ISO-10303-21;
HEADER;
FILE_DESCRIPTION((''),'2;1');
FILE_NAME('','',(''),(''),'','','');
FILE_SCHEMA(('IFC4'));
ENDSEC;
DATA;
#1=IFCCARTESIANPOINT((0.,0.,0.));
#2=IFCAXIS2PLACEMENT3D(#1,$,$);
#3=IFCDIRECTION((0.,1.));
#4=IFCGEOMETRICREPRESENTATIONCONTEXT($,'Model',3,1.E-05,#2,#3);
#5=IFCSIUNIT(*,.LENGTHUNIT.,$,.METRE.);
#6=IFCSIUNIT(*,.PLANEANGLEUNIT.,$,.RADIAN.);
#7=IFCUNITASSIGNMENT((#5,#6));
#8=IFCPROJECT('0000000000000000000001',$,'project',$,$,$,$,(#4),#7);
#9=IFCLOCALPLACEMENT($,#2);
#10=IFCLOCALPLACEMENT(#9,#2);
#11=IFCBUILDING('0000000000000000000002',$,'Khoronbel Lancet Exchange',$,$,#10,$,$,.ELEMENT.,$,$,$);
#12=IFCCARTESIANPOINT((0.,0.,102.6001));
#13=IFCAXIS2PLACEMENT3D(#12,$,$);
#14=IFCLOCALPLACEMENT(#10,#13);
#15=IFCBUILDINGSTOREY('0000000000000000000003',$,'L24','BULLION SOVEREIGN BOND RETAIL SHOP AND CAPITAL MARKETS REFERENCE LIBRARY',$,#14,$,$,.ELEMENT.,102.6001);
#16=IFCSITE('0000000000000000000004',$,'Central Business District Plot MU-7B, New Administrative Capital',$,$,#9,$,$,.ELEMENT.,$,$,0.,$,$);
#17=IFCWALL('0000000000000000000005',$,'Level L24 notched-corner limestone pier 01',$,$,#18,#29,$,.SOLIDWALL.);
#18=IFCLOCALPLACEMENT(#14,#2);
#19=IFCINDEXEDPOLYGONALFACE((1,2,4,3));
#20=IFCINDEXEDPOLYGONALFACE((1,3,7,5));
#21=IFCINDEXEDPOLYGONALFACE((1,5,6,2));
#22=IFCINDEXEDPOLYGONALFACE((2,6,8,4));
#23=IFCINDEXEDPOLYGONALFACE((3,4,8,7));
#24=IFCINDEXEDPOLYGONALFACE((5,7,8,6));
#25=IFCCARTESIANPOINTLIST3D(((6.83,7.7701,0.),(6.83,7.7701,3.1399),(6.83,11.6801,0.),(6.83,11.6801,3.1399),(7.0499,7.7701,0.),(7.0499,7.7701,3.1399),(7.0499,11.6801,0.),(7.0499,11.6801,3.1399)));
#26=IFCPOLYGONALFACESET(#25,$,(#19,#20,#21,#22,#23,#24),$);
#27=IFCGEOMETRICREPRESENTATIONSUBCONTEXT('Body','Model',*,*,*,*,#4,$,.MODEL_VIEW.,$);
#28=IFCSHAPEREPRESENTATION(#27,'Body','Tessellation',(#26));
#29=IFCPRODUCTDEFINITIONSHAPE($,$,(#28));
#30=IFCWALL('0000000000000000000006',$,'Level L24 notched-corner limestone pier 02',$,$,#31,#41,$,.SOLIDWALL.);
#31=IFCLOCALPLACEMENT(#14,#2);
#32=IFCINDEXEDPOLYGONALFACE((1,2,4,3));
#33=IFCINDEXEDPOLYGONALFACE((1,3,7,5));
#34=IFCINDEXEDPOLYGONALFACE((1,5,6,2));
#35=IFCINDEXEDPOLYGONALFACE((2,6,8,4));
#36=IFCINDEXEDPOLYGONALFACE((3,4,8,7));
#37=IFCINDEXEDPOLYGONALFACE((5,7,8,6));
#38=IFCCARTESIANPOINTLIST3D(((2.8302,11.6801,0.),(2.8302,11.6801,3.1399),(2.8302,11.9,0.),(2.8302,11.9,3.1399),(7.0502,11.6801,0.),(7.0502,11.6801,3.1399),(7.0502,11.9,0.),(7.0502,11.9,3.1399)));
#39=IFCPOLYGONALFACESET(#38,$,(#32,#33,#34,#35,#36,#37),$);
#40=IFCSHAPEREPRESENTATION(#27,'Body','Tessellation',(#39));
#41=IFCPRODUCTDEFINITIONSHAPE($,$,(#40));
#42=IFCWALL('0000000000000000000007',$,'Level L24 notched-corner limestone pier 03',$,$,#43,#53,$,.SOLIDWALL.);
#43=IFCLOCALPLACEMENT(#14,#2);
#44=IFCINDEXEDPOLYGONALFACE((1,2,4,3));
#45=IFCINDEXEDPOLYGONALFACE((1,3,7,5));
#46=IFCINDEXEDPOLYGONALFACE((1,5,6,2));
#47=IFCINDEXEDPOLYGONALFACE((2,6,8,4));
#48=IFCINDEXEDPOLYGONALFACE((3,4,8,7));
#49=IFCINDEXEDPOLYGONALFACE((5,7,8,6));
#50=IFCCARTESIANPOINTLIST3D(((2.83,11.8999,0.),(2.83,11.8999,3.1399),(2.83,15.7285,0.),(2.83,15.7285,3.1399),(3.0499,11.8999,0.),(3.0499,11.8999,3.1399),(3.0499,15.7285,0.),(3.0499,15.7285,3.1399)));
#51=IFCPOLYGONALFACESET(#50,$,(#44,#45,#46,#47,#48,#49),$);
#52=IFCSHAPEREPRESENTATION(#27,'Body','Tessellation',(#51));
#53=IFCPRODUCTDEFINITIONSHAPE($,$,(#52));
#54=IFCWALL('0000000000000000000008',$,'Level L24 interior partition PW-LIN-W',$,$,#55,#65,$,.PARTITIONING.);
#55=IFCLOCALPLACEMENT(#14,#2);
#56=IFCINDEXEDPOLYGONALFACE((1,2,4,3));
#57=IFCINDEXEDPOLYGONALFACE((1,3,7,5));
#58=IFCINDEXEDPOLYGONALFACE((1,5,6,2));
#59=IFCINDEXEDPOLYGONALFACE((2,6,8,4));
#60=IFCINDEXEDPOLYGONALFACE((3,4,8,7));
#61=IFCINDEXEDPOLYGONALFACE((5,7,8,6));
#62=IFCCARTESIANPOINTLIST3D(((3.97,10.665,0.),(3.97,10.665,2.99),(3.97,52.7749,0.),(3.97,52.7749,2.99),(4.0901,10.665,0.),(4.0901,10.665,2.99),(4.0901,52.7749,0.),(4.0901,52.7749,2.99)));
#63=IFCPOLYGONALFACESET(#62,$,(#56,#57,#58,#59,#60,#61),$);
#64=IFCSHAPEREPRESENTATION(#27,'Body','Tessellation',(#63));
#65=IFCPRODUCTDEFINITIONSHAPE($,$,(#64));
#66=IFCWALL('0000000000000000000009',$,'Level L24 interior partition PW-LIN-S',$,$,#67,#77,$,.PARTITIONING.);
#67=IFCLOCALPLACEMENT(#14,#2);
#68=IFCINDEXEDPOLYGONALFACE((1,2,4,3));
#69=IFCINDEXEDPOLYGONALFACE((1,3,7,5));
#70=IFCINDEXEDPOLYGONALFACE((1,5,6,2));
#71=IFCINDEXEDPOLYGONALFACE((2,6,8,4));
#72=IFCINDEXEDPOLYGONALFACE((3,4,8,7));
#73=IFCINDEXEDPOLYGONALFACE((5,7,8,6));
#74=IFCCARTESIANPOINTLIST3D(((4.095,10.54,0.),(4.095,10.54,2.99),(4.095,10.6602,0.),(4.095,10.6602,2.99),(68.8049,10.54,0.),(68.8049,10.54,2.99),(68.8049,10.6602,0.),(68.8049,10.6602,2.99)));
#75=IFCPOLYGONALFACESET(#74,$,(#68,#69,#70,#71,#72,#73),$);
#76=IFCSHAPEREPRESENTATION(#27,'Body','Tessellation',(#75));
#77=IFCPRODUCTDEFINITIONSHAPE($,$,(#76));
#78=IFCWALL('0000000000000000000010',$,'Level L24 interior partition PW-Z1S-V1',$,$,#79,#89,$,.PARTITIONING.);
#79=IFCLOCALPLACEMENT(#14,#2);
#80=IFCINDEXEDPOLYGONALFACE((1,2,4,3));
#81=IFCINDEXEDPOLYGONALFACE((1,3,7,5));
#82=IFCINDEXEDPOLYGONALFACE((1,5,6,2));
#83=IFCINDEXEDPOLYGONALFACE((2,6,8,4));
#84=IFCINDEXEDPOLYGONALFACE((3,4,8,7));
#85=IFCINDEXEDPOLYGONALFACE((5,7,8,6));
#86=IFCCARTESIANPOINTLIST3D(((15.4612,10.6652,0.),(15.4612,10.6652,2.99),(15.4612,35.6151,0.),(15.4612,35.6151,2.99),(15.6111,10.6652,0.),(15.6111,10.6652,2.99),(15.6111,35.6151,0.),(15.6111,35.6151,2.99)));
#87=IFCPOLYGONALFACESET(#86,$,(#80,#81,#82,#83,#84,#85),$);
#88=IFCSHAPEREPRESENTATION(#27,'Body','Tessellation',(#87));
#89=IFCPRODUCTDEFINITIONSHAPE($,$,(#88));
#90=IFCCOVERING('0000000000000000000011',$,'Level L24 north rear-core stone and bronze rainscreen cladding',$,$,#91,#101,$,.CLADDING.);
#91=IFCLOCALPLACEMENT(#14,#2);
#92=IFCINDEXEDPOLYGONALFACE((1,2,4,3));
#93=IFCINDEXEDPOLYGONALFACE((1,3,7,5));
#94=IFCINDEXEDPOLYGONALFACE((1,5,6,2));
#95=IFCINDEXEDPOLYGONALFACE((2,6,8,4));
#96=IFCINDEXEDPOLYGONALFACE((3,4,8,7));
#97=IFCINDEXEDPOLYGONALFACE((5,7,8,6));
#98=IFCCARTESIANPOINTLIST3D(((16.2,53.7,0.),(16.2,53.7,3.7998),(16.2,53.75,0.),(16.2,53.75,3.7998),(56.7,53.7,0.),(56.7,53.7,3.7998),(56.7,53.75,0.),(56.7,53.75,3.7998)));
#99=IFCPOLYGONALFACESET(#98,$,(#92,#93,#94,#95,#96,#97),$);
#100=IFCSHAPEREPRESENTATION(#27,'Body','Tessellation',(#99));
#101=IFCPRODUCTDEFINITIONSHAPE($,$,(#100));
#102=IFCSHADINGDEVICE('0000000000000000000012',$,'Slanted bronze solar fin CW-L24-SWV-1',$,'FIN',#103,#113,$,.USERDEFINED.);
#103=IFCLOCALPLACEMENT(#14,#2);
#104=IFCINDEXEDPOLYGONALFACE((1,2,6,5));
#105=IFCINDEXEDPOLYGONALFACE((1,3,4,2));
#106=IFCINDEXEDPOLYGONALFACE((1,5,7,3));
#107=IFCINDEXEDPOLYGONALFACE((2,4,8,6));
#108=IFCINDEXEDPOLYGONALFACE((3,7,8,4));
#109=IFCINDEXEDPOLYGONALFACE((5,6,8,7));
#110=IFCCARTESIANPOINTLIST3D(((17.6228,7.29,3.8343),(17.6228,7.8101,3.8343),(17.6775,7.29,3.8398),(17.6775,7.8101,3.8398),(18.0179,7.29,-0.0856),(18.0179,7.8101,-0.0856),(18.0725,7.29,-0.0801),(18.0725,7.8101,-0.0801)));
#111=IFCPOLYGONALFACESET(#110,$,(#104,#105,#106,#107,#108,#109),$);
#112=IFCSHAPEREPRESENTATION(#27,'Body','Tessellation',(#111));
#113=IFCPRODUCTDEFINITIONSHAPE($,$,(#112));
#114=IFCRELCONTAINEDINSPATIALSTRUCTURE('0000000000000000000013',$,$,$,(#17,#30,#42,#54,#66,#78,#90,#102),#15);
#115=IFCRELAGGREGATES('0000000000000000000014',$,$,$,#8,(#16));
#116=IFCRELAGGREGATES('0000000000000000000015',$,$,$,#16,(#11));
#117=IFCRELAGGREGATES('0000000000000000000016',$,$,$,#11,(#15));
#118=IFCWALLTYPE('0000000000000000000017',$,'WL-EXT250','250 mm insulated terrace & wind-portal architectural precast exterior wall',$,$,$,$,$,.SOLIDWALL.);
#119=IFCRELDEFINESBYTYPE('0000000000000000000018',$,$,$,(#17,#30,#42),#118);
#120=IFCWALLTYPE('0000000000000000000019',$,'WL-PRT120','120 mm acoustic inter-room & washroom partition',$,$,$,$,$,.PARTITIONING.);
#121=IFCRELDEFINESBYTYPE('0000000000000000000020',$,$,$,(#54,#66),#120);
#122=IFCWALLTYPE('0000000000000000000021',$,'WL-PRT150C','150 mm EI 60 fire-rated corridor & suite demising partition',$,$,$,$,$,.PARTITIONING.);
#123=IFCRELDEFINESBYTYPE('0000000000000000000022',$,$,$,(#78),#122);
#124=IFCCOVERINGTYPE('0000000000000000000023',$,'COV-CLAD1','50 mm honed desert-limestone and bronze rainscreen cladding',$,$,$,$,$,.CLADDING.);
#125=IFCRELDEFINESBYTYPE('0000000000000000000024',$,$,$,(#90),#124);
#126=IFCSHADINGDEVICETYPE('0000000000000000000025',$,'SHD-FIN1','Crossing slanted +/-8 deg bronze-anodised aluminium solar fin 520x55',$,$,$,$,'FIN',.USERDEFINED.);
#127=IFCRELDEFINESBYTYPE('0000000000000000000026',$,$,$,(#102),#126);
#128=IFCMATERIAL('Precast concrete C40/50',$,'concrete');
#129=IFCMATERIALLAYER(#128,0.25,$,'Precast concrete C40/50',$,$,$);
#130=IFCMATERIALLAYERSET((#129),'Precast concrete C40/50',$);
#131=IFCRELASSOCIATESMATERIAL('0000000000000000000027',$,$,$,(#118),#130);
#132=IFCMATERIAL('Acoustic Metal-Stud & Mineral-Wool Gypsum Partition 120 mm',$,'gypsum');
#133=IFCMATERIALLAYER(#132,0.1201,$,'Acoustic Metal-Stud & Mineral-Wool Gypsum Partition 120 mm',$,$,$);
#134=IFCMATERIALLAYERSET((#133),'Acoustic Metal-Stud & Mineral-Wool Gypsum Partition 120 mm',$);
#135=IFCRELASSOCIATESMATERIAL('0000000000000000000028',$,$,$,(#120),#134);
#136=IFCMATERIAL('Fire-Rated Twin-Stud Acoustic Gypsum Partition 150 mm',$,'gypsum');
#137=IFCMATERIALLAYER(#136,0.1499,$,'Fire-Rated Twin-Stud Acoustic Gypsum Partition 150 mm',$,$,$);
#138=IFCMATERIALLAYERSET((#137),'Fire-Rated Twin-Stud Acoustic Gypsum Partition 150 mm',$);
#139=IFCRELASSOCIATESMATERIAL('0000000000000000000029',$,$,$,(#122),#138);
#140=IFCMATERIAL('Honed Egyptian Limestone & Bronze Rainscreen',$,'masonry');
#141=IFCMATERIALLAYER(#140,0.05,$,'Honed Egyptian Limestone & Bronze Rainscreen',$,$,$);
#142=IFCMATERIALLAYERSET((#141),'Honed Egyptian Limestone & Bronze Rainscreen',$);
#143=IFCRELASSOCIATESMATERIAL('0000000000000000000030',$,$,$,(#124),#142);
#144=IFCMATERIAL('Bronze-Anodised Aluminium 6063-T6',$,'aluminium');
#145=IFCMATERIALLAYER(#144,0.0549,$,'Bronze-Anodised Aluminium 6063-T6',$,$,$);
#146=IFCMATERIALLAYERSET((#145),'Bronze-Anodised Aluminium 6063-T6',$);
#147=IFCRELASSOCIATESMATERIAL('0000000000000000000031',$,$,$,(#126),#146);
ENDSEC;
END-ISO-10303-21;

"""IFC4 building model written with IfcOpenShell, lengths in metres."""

from ifc_helpers import new_model, si_unit, direction, frame, frame_2d, origin, place, context, subcontext, project, spatial, polyline, rectangle, outline, extrude, material, layer, layer_set, type_object, element, save


model = new_model("IFC4")

# Units and contexts
model_context = context("Model", 3, precision=1e-05, world=origin(), true_north=direction((0.0, 1.0)))
body_context = subcontext(model_context, "Body", "Model", "MODEL_VIEW")
ifc_project = project(units=[si_unit("LENGTHUNIT", "METRE"), si_unit("PLANEANGLEUNIT", "RADIAN")], contexts=[model_context])

# Site, building, storey
site_placement = place(None, origin())
site = spatial("IfcSite", under=ifc_project, at=site_placement, Name="Central Business District Plot MU-7B, New Administrative Capital", CompositionType="ELEMENT", RefElevation=0.0)
building_placement = place(site_placement, origin())
building = spatial("IfcBuilding", under=site, at=building_placement, Name="Khoronbel Lancet Exchange", CompositionType="ELEMENT")
storey_placement = place(building_placement, frame((0.0, 0.0, 102.6001)))
storey = spatial("IfcBuildingStorey", under=building, at=storey_placement, Name="L24", Description="BULLION SOVEREIGN BOND RETAIL SHOP AND CAPITAL MARKETS REFERENCE LIBRARY", CompositionType="ELEMENT", Elevation=102.6001)

# Shared definitions
ifc_material_1 = material(Name="Bronze-Anodised Aluminium 6063-T6", Category="aluminium")

# Walls
ifc_material_2 = material(Name="Precast concrete C40/50", Category="concrete")
ifc_layer_1 = layer(ifc_material_2, 0.25, Name="Precast concrete C40/50")
ifc_layer_set_1 = layer_set([ifc_layer_1], Name="Precast concrete C40/50")
wall_type_1 = type_object("IfcWallType", Name="WL-EXT250", Description="250 mm insulated terrace & wind-portal architectural precast exterior wall", PredefinedType="SOLIDWALL", material=ifc_layer_set_1)
wall_1_placement = place(storey_placement, frame((6.9399, 7.77, 0.0), z_axis=(0.0, 0.0, 1.0), x_axis=(0.0, 1.0, 0.0)))
element("IfcWall", 1, at=wall_1_placement, inside=storey, type_object=wall_type_1, Name="Level L24 notched-corner limestone pier 01", PredefinedType="SOLIDWALL", context=body_context, shape_type="SweptSolid", body=[
    extrude(rectangle(XDim=3.9099, YDim=0.22, at=frame_2d((1.9551, 0.0))), origin(), (0.0, 0.0, 1.0), 3.1399),
])
wall_2_placement = place(storey_placement, frame((7.05, 11.79, 0.0), z_axis=(0.0, 0.0, 1.0), x_axis=(-1.0, 0.0, 0.0)))
element("IfcWall", 2, at=wall_2_placement, inside=storey, type_object=wall_type_1, Name="Level L24 notched-corner limestone pier 02", PredefinedType="SOLIDWALL", context=body_context, shape_type="SweptSolid", body=[
    extrude(rectangle(XDim=4.22, YDim=0.22, at=frame_2d((2.1099, 0.0))), origin(), (0.0, 0.0, 1.0), 3.1399),
])
wall_3_placement = place(storey_placement, frame((2.9399, 11.8999, 0.0), z_axis=(0.0, 0.0, 1.0), x_axis=(0.0, 1.0, 0.0)))
element("IfcWall", 3, at=wall_3_placement, inside=storey, type_object=wall_type_1, Name="Level L24 notched-corner limestone pier 03", PredefinedType="SOLIDWALL", context=body_context, shape_type="SweptSolid", body=[
    extrude(rectangle(XDim=3.8286, YDim=0.22, at=frame_2d((1.9143, 0.0))), origin(), (0.0, 0.0, 1.0), 3.1399),
])
ifc_material_3 = material(Name="Acoustic Metal-Stud & Mineral-Wool Gypsum Partition 120 mm", Category="gypsum")
ifc_layer_2 = layer(ifc_material_3, 0.1201, Name="Acoustic Metal-Stud & Mineral-Wool Gypsum Partition 120 mm")
ifc_layer_set_2 = layer_set([ifc_layer_2], Name="Acoustic Metal-Stud & Mineral-Wool Gypsum Partition 120 mm")
wall_type_2 = type_object("IfcWallType", Name="WL-PRT120", Description="120 mm acoustic inter-room & washroom partition", PredefinedType="PARTITIONING", material=ifc_layer_set_2)
wall_4_placement = place(storey_placement, frame((4.03, 10.665, 0.0), z_axis=(0.0, 0.0, 1.0), x_axis=(0.0, 1.0, 0.0)))
element("IfcWall", 4, at=wall_4_placement, inside=storey, type_object=wall_type_2, Name="Level L24 interior partition PW-LIN-W", PredefinedType="PARTITIONING", context=body_context, shape_type="SweptSolid", body=[
    extrude(rectangle(XDim=42.1099, YDim=0.1201, at=frame_2d((21.0549, 0.0))), origin(), (0.0, 0.0, 1.0), 2.99),
])
wall_5_placement = place(storey_placement, frame((4.095, 10.6001, 0.0), z_axis=(0.0, 0.0, 1.0), x_axis=(1.0, 0.0, 0.0)))
element("IfcWall", 5, at=wall_5_placement, inside=storey, type_object=wall_type_2, Name="Level L24 interior partition PW-LIN-S", PredefinedType="PARTITIONING", context=body_context, shape_type="SweptSolid", body=[
    extrude(rectangle(XDim=64.71, YDim=0.1201, at=frame_2d((32.355, 0.0))), origin(), (0.0, 0.0, 1.0), 2.99),
])
ifc_material_4 = material(Name="Fire-Rated Twin-Stud Acoustic Gypsum Partition 150 mm", Category="gypsum")
ifc_layer_3 = layer(ifc_material_4, 0.1499, Name="Fire-Rated Twin-Stud Acoustic Gypsum Partition 150 mm")
ifc_layer_set_3 = layer_set([ifc_layer_3], Name="Fire-Rated Twin-Stud Acoustic Gypsum Partition 150 mm")
wall_type_3 = type_object("IfcWallType", Name="WL-PRT150C", Description="150 mm EI 60 fire-rated corridor & suite demising partition", PredefinedType="PARTITIONING", material=ifc_layer_set_3)
wall_6_placement = place(storey_placement, frame((15.5361, 10.665, 0.0), z_axis=(0.0, 0.0, 1.0), x_axis=(0.0, 1.0, 0.0)))
element("IfcWall", 6, at=wall_6_placement, inside=storey, type_object=wall_type_3, Name="Level L24 interior partition PW-Z1S-V1", PredefinedType="PARTITIONING", context=body_context, shape_type="SweptSolid", body=[
    extrude(rectangle(XDim=24.95, YDim=0.1499, at=frame_2d((12.4751, 0.0))), origin(), (0.0, 0.0, 1.0), 2.99),
])

# Covering
ifc_material_5 = material(Name="Honed Egyptian Limestone & Bronze Rainscreen", Category="masonry")
ifc_layer_4 = layer(ifc_material_5, 0.05, Name="Honed Egyptian Limestone & Bronze Rainscreen")
ifc_layer_set_4 = layer_set([ifc_layer_4], Name="Honed Egyptian Limestone & Bronze Rainscreen")
covering_type = type_object("IfcCoveringType", Name="COV-CLAD1", Description="50 mm honed desert-limestone and bronze rainscreen cladding", PredefinedType="CLADDING", material=ifc_layer_set_4)
covering_placement = place(storey_placement, origin())
element("IfcCovering", 7, at=covering_placement, inside=storey, type_object=covering_type, Name="Level L24 north rear-core stone and bronze rainscreen cladding", PredefinedType="CLADDING", context=body_context, shape_type="SweptSolid", body=[
    extrude(outline(polyline([(16.2, 53.7), (56.7, 53.7), (56.7, 53.75), (16.2, 53.75), (16.2, 53.7)])), origin(), (0.0, 0.0, 1.0), 3.7998),
])

# Shading device
ifc_layer_5 = layer(ifc_material_1, 0.0549, Name="Bronze-Anodised Aluminium 6063-T6")
ifc_layer_set_5 = layer_set([ifc_layer_5], Name="Bronze-Anodised Aluminium 6063-T6")
shading_device_type = type_object("IfcShadingDeviceType", Name="SHD-FIN1", Description="Crossing slanted +/-8 deg bronze-anodised aluminium solar fin 520x55", ElementType="FIN", PredefinedType="USERDEFINED", material=ifc_layer_set_5)
shading_device_placement = place(storey_placement, frame((18.0725, 7.8101, -0.0801), z_axis=(0.994961, 0.0, 0.100264), x_axis=(0.0, -1.0, 0.0)))
element("IfcShadingDevice", 8, at=shading_device_placement, inside=storey, type_object=shading_device_type, Name="Slanted bronze solar fin CW-L24-SWV-1", ObjectType="FIN", PredefinedType="USERDEFINED", context=body_context, shape_type="SweptSolid", body=[
    extrude(outline(polyline([(0.0, 0.0), (0.52, 0.0), (0.52, -3.9397), (0.0, -3.9397), (0.0, 0.0)])), origin(), (0.0, 0.0, -1.0), 0.0549),
])

save(model, "model.ifc")
